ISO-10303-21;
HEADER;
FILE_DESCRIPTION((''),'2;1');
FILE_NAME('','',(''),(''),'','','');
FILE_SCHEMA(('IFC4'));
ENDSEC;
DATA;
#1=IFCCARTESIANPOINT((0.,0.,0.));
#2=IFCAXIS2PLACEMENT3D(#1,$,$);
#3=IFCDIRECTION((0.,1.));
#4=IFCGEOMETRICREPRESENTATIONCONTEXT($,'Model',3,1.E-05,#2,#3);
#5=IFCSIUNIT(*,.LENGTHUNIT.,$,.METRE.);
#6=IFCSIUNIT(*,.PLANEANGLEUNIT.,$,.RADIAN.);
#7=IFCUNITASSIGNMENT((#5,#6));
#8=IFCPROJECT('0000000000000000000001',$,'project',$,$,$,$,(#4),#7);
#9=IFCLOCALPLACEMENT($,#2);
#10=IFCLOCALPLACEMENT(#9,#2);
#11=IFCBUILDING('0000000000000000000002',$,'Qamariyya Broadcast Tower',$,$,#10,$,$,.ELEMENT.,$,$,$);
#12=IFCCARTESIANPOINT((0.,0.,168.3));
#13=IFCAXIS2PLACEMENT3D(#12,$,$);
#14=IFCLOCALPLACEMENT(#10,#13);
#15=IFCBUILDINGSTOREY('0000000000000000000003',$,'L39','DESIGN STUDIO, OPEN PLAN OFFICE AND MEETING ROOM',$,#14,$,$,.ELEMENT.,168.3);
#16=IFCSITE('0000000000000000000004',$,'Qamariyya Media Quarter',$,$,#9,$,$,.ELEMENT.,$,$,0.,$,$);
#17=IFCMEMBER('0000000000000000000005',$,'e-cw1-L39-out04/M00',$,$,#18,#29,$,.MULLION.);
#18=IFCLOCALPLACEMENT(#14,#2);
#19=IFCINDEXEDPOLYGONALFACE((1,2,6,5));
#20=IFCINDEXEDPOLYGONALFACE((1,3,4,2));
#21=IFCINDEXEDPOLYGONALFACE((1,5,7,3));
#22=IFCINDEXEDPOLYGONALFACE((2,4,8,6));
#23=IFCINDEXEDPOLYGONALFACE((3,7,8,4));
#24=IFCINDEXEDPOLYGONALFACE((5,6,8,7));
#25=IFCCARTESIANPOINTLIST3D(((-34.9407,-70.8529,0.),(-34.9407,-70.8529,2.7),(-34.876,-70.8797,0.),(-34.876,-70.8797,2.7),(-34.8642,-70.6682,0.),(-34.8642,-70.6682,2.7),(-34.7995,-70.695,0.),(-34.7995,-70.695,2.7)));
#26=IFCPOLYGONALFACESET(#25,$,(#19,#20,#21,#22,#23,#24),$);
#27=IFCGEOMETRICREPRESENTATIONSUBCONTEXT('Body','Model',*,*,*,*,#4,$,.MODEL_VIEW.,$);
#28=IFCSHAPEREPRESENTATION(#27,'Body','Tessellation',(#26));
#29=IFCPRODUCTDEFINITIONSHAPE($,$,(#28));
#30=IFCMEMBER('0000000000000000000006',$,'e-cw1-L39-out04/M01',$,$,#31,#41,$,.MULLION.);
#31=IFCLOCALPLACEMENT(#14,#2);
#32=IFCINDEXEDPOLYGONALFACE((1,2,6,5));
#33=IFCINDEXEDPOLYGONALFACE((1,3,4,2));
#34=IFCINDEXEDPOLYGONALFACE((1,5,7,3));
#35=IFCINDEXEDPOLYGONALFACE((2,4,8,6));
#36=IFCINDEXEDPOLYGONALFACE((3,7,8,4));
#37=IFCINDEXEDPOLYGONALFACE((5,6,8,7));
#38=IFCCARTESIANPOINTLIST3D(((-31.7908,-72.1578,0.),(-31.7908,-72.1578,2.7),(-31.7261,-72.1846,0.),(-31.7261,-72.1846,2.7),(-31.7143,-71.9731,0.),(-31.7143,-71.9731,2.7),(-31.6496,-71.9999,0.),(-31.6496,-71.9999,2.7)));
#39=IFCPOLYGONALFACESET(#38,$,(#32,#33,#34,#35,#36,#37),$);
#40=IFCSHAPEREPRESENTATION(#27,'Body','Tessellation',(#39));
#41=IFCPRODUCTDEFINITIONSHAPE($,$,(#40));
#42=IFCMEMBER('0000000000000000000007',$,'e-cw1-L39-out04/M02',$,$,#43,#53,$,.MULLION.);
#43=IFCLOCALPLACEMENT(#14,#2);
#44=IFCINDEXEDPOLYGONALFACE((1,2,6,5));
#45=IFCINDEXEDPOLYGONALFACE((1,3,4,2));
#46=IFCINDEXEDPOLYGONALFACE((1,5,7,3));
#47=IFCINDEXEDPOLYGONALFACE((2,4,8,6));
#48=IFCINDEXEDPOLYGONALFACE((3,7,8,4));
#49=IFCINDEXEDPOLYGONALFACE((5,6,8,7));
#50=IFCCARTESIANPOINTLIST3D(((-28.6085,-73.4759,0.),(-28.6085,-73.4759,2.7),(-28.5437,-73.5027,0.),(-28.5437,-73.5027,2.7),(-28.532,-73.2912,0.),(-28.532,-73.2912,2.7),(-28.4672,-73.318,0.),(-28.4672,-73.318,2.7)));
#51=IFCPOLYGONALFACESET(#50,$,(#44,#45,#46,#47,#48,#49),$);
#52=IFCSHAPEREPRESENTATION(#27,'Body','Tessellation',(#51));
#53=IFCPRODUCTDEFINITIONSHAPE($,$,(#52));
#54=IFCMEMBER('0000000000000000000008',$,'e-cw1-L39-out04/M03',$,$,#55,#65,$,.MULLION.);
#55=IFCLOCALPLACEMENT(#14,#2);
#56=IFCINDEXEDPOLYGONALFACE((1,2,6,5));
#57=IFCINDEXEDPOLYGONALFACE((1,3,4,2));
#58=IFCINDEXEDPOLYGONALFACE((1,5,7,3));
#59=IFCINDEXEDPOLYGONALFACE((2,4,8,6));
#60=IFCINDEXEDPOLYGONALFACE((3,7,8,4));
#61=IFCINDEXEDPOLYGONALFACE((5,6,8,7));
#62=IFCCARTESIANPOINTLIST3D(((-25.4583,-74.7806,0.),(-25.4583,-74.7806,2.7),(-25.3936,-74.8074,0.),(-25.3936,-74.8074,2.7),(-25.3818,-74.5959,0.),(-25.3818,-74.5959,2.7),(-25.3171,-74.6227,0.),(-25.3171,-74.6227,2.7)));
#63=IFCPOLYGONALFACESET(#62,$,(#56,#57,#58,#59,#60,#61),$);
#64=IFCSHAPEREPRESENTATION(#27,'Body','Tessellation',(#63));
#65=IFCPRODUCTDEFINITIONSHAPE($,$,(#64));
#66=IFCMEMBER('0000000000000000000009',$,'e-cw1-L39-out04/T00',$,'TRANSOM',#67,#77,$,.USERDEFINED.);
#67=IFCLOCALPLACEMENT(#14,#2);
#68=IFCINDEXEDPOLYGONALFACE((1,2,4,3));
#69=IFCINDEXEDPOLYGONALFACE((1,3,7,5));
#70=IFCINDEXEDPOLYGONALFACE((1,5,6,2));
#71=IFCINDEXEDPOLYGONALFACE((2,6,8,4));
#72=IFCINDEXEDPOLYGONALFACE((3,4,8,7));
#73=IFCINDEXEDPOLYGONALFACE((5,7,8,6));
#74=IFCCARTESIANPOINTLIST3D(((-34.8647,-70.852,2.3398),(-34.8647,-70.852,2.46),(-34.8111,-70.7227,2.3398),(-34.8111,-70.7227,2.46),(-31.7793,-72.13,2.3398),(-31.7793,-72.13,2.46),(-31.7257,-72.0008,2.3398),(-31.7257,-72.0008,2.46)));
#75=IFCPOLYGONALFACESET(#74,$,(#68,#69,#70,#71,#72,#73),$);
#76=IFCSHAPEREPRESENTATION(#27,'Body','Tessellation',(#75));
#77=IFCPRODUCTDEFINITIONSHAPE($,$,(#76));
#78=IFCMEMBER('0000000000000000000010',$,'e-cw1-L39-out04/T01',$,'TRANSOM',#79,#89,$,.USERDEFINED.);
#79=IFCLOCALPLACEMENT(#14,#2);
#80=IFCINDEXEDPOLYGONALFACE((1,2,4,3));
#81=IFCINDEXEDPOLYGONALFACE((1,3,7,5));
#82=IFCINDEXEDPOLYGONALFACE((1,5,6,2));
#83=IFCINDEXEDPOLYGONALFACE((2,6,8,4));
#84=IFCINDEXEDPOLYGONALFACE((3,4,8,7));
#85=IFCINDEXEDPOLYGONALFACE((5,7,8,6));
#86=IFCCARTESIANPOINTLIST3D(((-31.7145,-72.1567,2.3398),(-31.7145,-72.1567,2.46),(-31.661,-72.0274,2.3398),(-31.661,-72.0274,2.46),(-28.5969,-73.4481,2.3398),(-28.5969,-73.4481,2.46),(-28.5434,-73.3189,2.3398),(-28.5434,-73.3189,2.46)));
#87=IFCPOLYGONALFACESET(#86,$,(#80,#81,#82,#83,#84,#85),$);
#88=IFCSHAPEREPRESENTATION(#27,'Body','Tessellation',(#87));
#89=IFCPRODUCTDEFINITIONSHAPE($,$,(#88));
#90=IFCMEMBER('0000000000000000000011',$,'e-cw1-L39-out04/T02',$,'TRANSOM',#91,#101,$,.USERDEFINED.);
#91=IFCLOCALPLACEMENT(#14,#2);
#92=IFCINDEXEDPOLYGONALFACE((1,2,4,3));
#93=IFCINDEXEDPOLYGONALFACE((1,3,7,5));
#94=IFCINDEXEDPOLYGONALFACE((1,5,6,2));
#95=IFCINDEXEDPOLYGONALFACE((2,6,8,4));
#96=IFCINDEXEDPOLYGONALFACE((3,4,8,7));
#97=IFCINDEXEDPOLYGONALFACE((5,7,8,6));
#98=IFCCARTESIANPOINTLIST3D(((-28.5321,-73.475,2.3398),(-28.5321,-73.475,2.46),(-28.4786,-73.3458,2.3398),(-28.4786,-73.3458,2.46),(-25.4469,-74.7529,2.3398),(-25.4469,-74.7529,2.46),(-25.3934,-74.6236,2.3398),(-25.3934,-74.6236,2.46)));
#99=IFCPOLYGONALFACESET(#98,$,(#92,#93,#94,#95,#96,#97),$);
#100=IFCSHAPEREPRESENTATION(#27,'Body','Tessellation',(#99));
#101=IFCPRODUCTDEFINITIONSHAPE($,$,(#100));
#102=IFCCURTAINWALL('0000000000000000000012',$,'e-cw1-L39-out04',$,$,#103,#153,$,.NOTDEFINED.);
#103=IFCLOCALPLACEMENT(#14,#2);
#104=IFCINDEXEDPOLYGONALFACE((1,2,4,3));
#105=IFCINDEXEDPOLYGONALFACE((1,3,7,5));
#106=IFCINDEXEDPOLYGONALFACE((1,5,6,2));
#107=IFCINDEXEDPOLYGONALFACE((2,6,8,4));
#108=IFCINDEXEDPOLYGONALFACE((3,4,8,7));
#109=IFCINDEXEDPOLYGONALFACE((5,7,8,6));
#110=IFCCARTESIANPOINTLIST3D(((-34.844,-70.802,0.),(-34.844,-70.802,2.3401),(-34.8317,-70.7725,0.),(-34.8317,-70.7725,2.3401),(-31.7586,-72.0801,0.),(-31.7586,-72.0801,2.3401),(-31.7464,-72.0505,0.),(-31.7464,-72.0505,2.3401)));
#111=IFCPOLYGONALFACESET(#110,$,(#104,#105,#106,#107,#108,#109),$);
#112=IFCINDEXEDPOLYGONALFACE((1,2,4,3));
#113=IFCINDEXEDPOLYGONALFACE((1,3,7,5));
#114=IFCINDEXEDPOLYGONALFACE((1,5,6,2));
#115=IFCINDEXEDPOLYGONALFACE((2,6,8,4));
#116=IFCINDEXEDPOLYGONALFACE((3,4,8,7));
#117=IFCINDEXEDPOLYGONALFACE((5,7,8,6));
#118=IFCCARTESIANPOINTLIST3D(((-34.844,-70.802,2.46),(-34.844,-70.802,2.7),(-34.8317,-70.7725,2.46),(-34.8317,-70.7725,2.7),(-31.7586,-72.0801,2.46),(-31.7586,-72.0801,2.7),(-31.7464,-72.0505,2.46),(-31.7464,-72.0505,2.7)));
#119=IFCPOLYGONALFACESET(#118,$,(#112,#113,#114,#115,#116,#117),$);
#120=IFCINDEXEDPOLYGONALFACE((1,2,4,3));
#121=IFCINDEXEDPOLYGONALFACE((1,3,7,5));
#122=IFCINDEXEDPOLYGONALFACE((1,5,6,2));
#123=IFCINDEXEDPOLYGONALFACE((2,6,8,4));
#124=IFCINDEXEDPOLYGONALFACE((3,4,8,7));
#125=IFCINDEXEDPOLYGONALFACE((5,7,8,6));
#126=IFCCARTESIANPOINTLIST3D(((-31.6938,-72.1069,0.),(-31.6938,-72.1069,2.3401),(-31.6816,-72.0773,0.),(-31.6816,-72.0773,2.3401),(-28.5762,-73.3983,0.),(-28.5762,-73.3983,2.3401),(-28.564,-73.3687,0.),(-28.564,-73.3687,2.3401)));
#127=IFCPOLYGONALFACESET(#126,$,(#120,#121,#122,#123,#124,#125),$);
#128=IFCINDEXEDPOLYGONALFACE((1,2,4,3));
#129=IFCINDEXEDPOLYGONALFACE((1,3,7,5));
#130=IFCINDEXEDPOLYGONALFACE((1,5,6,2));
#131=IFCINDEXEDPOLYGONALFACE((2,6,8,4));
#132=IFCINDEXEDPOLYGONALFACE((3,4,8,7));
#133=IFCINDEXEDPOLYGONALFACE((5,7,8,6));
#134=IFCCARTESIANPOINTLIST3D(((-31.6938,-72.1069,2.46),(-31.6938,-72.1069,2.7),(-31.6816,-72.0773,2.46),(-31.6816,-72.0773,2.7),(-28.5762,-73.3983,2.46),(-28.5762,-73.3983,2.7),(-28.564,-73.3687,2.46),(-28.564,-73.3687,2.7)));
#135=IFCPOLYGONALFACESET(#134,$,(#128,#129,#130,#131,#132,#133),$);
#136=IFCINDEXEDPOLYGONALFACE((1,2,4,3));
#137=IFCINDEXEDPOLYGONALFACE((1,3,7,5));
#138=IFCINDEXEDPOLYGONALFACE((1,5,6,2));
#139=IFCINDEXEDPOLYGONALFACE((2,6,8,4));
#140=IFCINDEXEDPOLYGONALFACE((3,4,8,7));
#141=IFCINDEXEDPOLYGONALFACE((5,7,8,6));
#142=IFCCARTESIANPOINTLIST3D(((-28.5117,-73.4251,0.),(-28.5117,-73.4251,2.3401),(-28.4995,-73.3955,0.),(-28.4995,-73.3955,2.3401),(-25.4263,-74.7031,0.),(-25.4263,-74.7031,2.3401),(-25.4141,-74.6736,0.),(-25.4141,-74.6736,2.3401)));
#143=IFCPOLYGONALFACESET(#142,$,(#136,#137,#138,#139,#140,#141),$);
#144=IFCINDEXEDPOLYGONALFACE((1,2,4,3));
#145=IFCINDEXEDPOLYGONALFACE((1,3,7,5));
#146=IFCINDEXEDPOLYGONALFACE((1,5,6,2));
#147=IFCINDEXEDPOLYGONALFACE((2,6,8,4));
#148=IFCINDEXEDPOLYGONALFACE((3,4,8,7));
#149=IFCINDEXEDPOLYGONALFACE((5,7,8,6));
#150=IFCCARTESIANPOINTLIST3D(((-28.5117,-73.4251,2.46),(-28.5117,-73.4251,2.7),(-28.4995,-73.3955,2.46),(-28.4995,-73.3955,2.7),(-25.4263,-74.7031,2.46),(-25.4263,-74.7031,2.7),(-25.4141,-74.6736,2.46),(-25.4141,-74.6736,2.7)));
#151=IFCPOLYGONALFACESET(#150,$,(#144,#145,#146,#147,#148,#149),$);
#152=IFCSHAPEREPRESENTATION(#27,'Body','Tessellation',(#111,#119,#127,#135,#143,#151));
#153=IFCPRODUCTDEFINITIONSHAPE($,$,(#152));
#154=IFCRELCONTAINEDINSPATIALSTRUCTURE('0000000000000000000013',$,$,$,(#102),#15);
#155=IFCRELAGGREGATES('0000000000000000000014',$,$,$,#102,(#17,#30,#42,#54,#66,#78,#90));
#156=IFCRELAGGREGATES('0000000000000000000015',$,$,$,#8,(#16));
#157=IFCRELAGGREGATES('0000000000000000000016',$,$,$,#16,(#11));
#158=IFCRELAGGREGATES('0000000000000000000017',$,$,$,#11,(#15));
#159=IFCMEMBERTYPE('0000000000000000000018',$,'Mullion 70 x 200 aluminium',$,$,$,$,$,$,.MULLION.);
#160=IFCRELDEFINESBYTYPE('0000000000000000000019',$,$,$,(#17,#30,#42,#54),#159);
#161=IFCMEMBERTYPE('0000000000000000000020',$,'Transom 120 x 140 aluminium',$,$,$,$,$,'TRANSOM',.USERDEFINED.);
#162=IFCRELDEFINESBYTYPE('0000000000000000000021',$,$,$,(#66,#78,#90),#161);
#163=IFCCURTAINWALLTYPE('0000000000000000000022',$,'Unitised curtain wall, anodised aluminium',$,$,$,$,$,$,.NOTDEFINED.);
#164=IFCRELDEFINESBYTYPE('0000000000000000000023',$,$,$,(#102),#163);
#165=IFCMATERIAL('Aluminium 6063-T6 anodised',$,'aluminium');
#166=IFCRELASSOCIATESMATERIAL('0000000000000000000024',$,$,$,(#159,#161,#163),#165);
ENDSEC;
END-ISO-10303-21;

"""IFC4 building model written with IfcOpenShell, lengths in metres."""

from ifc_helpers import new_model, si_unit, direction, frame, origin, origin_2d, place, context, subcontext, project, spatial, rectangle, extrude, material, material_profile, profile_set, type_object, element, aggregate, save


model = new_model("IFC4")

# Units and contexts
model_context = context("Model", 3, precision=1e-05, world=origin(), true_north=direction((0.0, 1.0)))
body_context = subcontext(model_context, "Body", "Model", "MODEL_VIEW")
ifc_project = project(units=[si_unit("LENGTHUNIT", "METRE"), si_unit("PLANEANGLEUNIT", "RADIAN")], contexts=[model_context])

# Members
ifc_material = material(Name="Aluminium 6063-T6 anodised", Category="aluminium")
ifc_material_profile_1 = material_profile(ifc_material, rectangle(XDim=0.2, YDim=0.0701, at=origin_2d()))
ifc_profile_set_1 = profile_set([ifc_material_profile_1], Name="Aluminium 6063-T6 anodised")
member_type_1 = type_object("IfcMemberType", Name="Mullion 70 x 200 aluminium", PredefinedType="MULLION", material=ifc_profile_set_1)
site_placement = place(None, origin())
building_placement = place(site_placement, origin())
storey_placement = place(building_placement, frame((0.0, 0.0, 168.3)))
member_1_placement = place(storey_placement, frame((-34.8701, -70.7739, 0.0), z_axis=(0.0, 0.0, 1.0), x_axis=(0.382683, 0.92388, 0.0)))
member_1 = element("IfcMember", 1, at=member_1_placement, type_object=member_type_1, Name="e-cw1-L39-out04/M00", PredefinedType="MULLION", context=body_context, shape_type="SweptSolid", body=[
    extrude(rectangle(XDim=0.2, YDim=0.0701, at=origin_2d()), origin(), (0.0, 0.0, 1.0), 2.7),
])
member_2_placement = place(storey_placement, frame((-31.7202, -72.0789, 0.0), z_axis=(0.0, 0.0, 1.0), x_axis=(0.382683, 0.92388, 0.0)))
member_2 = element("IfcMember", 2, at=member_2_placement, type_object=member_type_1, Name="e-cw1-L39-out04/M01", PredefinedType="MULLION", context=body_context, shape_type="SweptSolid", body=[
    extrude(rectangle(XDim=0.2, YDim=0.0701, at=origin_2d()), origin(), (0.0, 0.0, 1.0), 2.7),
])
member_3_placement = place(storey_placement, frame((-28.5378, -73.397, 0.0), z_axis=(0.0, 0.0, 1.0), x_axis=(0.382683, 0.92388, 0.0)))
member_3 = element("IfcMember", 3, at=member_3_placement, type_object=member_type_1, Name="e-cw1-L39-out04/M02", PredefinedType="MULLION", context=body_context, shape_type="SweptSolid", body=[
    extrude(rectangle(XDim=0.2, YDim=0.0701, at=origin_2d()), origin(), (0.0, 0.0, 1.0), 2.7),
])
member_4_placement = place(storey_placement, frame((-25.3877, -74.7017, 0.0), z_axis=(0.0, 0.0, 1.0), x_axis=(0.382683, 0.92388, 0.0)))
member_4 = element("IfcMember", 4, at=member_4_placement, type_object=member_type_1, Name="e-cw1-L39-out04/M03", PredefinedType="MULLION", context=body_context, shape_type="SweptSolid", body=[
    extrude(rectangle(XDim=0.2, YDim=0.0701, at=origin_2d()), origin(), (0.0, 0.0, 1.0), 2.7),
])
ifc_material_profile_2 = material_profile(ifc_material, rectangle(XDim=0.1399, YDim=0.1201, at=origin_2d()))
ifc_profile_set_2 = profile_set([ifc_material_profile_2], Name="Aluminium 6063-T6 anodised")
member_type_2 = type_object("IfcMemberType", Name="Transom 120 x 140 aluminium", ElementType="TRANSOM", PredefinedType="USERDEFINED", material=ifc_profile_set_2)
member_5_placement = place(storey_placement, frame((-34.8379, -70.7874, 2.3999), z_axis=(0.923875, -0.382694, 0.0), x_axis=(0.382694, 0.923875, 0.0)))
member_5 = element("IfcMember", 5, at=member_5_placement, type_object=member_type_2, Name="e-cw1-L39-out04/T00", ObjectType="TRANSOM", PredefinedType="USERDEFINED", context=body_context, shape_type="SweptSolid", body=[
    extrude(rectangle(XDim=0.1399, YDim=0.1201, at=origin_2d()), origin(), (0.0, 0.0, 1.0), 3.3396),
])
member_6_placement = place(storey_placement, frame((-31.6877, -72.092, 2.3999), z_axis=(0.923867, -0.382714, 0.0), x_axis=(0.382714, 0.923867, 0.0)))
member_6 = element("IfcMember", 6, at=member_6_placement, type_object=member_type_2, Name="e-cw1-L39-out04/T01", ObjectType="TRANSOM", PredefinedType="USERDEFINED", context=body_context, shape_type="SweptSolid", body=[
    extrude(rectangle(XDim=0.1399, YDim=0.1201, at=origin_2d()), origin(), (0.0, 0.0, 1.0), 3.3745),
])
member_7_placement = place(storey_placement, frame((-28.5054, -73.4104, 2.3999), z_axis=(0.92389, -0.382657, 0.0), x_axis=(0.382657, 0.92389, 0.0)))
member_7 = element("IfcMember", 7, at=member_7_placement, type_object=member_type_2, Name="e-cw1-L39-out04/T02", ObjectType="TRANSOM", PredefinedType="USERDEFINED", context=body_context, shape_type="SweptSolid", body=[
    extrude(rectangle(XDim=0.1399, YDim=0.1201, at=origin_2d()), origin(), (0.0, 0.0, 1.0), 3.3394),
])

# Site, building, storey
site = spatial("IfcSite", under=ifc_project, at=site_placement, Name="Qamariyya Media Quarter", CompositionType="ELEMENT", RefElevation=0.0)
building = spatial("IfcBuilding", under=site, at=building_placement, Name="Qamariyya Broadcast Tower", CompositionType="ELEMENT")
storey = spatial("IfcBuildingStorey", under=building, at=storey_placement, Name="L39", Description="DESIGN STUDIO, OPEN PLAN OFFICE AND MEETING ROOM", CompositionType="ELEMENT", Elevation=168.3)

# Curtain wall
curtain_wall_type = type_object("IfcCurtainWallType", Name="Unitised curtain wall, anodised aluminium", PredefinedType="NOTDEFINED", material=ifc_material)
curtain_wall_1_placement = place(storey_placement, origin())
curtain_wall_1 = element("IfcCurtainWall", 8, at=curtain_wall_1_placement, inside=storey, type_object=curtain_wall_type, Name="e-cw1-L39-out04", PredefinedType="NOTDEFINED", context=body_context, shape_type="SweptSolid", body=[
    extrude(rectangle(XDim=3.3396, YDim=0.032, at=origin_2d()), frame((-33.2952, -71.4263, 0.0), x_axis=(0.923878, -0.382687, 0.0)), (0.0, 0.0, 1.0), 2.3401),
    extrude(rectangle(XDim=3.3396, YDim=0.032, at=origin_2d()), frame((-33.2952, -71.4263, 2.46), x_axis=(0.923878, -0.382687, 0.0)), (0.0, 0.0, 1.0), 0.24),
    extrude(rectangle(XDim=3.3745, YDim=0.032, at=origin_2d()), frame((-30.1289, -72.7378, 0.0), x_axis=(0.923878, -0.382687, 0.0)), (0.0, 0.0, 1.0), 2.3401),
    extrude(rectangle(XDim=3.3745, YDim=0.032, at=origin_2d()), frame((-30.1289, -72.7378, 2.46), x_axis=(0.923878, -0.382687, 0.0)), (0.0, 0.0, 1.0), 0.24),
    extrude(rectangle(XDim=3.3396, YDim=0.032, at=origin_2d()), frame((-26.9629, -74.0493, 0.0), x_axis=(0.923878, -0.382687, 0.0)), (0.0, 0.0, 1.0), 2.3401),
    extrude(rectangle(XDim=3.3396, YDim=0.032, at=origin_2d()), frame((-26.9629, -74.0493, 2.46), x_axis=(0.923878, -0.382687, 0.0)), (0.0, 0.0, 1.0), 0.24),
])
aggregate(curtain_wall_1, [member_1, member_2, member_3, member_4, member_5, member_6, member_7])

save(model, "model.ifc")
